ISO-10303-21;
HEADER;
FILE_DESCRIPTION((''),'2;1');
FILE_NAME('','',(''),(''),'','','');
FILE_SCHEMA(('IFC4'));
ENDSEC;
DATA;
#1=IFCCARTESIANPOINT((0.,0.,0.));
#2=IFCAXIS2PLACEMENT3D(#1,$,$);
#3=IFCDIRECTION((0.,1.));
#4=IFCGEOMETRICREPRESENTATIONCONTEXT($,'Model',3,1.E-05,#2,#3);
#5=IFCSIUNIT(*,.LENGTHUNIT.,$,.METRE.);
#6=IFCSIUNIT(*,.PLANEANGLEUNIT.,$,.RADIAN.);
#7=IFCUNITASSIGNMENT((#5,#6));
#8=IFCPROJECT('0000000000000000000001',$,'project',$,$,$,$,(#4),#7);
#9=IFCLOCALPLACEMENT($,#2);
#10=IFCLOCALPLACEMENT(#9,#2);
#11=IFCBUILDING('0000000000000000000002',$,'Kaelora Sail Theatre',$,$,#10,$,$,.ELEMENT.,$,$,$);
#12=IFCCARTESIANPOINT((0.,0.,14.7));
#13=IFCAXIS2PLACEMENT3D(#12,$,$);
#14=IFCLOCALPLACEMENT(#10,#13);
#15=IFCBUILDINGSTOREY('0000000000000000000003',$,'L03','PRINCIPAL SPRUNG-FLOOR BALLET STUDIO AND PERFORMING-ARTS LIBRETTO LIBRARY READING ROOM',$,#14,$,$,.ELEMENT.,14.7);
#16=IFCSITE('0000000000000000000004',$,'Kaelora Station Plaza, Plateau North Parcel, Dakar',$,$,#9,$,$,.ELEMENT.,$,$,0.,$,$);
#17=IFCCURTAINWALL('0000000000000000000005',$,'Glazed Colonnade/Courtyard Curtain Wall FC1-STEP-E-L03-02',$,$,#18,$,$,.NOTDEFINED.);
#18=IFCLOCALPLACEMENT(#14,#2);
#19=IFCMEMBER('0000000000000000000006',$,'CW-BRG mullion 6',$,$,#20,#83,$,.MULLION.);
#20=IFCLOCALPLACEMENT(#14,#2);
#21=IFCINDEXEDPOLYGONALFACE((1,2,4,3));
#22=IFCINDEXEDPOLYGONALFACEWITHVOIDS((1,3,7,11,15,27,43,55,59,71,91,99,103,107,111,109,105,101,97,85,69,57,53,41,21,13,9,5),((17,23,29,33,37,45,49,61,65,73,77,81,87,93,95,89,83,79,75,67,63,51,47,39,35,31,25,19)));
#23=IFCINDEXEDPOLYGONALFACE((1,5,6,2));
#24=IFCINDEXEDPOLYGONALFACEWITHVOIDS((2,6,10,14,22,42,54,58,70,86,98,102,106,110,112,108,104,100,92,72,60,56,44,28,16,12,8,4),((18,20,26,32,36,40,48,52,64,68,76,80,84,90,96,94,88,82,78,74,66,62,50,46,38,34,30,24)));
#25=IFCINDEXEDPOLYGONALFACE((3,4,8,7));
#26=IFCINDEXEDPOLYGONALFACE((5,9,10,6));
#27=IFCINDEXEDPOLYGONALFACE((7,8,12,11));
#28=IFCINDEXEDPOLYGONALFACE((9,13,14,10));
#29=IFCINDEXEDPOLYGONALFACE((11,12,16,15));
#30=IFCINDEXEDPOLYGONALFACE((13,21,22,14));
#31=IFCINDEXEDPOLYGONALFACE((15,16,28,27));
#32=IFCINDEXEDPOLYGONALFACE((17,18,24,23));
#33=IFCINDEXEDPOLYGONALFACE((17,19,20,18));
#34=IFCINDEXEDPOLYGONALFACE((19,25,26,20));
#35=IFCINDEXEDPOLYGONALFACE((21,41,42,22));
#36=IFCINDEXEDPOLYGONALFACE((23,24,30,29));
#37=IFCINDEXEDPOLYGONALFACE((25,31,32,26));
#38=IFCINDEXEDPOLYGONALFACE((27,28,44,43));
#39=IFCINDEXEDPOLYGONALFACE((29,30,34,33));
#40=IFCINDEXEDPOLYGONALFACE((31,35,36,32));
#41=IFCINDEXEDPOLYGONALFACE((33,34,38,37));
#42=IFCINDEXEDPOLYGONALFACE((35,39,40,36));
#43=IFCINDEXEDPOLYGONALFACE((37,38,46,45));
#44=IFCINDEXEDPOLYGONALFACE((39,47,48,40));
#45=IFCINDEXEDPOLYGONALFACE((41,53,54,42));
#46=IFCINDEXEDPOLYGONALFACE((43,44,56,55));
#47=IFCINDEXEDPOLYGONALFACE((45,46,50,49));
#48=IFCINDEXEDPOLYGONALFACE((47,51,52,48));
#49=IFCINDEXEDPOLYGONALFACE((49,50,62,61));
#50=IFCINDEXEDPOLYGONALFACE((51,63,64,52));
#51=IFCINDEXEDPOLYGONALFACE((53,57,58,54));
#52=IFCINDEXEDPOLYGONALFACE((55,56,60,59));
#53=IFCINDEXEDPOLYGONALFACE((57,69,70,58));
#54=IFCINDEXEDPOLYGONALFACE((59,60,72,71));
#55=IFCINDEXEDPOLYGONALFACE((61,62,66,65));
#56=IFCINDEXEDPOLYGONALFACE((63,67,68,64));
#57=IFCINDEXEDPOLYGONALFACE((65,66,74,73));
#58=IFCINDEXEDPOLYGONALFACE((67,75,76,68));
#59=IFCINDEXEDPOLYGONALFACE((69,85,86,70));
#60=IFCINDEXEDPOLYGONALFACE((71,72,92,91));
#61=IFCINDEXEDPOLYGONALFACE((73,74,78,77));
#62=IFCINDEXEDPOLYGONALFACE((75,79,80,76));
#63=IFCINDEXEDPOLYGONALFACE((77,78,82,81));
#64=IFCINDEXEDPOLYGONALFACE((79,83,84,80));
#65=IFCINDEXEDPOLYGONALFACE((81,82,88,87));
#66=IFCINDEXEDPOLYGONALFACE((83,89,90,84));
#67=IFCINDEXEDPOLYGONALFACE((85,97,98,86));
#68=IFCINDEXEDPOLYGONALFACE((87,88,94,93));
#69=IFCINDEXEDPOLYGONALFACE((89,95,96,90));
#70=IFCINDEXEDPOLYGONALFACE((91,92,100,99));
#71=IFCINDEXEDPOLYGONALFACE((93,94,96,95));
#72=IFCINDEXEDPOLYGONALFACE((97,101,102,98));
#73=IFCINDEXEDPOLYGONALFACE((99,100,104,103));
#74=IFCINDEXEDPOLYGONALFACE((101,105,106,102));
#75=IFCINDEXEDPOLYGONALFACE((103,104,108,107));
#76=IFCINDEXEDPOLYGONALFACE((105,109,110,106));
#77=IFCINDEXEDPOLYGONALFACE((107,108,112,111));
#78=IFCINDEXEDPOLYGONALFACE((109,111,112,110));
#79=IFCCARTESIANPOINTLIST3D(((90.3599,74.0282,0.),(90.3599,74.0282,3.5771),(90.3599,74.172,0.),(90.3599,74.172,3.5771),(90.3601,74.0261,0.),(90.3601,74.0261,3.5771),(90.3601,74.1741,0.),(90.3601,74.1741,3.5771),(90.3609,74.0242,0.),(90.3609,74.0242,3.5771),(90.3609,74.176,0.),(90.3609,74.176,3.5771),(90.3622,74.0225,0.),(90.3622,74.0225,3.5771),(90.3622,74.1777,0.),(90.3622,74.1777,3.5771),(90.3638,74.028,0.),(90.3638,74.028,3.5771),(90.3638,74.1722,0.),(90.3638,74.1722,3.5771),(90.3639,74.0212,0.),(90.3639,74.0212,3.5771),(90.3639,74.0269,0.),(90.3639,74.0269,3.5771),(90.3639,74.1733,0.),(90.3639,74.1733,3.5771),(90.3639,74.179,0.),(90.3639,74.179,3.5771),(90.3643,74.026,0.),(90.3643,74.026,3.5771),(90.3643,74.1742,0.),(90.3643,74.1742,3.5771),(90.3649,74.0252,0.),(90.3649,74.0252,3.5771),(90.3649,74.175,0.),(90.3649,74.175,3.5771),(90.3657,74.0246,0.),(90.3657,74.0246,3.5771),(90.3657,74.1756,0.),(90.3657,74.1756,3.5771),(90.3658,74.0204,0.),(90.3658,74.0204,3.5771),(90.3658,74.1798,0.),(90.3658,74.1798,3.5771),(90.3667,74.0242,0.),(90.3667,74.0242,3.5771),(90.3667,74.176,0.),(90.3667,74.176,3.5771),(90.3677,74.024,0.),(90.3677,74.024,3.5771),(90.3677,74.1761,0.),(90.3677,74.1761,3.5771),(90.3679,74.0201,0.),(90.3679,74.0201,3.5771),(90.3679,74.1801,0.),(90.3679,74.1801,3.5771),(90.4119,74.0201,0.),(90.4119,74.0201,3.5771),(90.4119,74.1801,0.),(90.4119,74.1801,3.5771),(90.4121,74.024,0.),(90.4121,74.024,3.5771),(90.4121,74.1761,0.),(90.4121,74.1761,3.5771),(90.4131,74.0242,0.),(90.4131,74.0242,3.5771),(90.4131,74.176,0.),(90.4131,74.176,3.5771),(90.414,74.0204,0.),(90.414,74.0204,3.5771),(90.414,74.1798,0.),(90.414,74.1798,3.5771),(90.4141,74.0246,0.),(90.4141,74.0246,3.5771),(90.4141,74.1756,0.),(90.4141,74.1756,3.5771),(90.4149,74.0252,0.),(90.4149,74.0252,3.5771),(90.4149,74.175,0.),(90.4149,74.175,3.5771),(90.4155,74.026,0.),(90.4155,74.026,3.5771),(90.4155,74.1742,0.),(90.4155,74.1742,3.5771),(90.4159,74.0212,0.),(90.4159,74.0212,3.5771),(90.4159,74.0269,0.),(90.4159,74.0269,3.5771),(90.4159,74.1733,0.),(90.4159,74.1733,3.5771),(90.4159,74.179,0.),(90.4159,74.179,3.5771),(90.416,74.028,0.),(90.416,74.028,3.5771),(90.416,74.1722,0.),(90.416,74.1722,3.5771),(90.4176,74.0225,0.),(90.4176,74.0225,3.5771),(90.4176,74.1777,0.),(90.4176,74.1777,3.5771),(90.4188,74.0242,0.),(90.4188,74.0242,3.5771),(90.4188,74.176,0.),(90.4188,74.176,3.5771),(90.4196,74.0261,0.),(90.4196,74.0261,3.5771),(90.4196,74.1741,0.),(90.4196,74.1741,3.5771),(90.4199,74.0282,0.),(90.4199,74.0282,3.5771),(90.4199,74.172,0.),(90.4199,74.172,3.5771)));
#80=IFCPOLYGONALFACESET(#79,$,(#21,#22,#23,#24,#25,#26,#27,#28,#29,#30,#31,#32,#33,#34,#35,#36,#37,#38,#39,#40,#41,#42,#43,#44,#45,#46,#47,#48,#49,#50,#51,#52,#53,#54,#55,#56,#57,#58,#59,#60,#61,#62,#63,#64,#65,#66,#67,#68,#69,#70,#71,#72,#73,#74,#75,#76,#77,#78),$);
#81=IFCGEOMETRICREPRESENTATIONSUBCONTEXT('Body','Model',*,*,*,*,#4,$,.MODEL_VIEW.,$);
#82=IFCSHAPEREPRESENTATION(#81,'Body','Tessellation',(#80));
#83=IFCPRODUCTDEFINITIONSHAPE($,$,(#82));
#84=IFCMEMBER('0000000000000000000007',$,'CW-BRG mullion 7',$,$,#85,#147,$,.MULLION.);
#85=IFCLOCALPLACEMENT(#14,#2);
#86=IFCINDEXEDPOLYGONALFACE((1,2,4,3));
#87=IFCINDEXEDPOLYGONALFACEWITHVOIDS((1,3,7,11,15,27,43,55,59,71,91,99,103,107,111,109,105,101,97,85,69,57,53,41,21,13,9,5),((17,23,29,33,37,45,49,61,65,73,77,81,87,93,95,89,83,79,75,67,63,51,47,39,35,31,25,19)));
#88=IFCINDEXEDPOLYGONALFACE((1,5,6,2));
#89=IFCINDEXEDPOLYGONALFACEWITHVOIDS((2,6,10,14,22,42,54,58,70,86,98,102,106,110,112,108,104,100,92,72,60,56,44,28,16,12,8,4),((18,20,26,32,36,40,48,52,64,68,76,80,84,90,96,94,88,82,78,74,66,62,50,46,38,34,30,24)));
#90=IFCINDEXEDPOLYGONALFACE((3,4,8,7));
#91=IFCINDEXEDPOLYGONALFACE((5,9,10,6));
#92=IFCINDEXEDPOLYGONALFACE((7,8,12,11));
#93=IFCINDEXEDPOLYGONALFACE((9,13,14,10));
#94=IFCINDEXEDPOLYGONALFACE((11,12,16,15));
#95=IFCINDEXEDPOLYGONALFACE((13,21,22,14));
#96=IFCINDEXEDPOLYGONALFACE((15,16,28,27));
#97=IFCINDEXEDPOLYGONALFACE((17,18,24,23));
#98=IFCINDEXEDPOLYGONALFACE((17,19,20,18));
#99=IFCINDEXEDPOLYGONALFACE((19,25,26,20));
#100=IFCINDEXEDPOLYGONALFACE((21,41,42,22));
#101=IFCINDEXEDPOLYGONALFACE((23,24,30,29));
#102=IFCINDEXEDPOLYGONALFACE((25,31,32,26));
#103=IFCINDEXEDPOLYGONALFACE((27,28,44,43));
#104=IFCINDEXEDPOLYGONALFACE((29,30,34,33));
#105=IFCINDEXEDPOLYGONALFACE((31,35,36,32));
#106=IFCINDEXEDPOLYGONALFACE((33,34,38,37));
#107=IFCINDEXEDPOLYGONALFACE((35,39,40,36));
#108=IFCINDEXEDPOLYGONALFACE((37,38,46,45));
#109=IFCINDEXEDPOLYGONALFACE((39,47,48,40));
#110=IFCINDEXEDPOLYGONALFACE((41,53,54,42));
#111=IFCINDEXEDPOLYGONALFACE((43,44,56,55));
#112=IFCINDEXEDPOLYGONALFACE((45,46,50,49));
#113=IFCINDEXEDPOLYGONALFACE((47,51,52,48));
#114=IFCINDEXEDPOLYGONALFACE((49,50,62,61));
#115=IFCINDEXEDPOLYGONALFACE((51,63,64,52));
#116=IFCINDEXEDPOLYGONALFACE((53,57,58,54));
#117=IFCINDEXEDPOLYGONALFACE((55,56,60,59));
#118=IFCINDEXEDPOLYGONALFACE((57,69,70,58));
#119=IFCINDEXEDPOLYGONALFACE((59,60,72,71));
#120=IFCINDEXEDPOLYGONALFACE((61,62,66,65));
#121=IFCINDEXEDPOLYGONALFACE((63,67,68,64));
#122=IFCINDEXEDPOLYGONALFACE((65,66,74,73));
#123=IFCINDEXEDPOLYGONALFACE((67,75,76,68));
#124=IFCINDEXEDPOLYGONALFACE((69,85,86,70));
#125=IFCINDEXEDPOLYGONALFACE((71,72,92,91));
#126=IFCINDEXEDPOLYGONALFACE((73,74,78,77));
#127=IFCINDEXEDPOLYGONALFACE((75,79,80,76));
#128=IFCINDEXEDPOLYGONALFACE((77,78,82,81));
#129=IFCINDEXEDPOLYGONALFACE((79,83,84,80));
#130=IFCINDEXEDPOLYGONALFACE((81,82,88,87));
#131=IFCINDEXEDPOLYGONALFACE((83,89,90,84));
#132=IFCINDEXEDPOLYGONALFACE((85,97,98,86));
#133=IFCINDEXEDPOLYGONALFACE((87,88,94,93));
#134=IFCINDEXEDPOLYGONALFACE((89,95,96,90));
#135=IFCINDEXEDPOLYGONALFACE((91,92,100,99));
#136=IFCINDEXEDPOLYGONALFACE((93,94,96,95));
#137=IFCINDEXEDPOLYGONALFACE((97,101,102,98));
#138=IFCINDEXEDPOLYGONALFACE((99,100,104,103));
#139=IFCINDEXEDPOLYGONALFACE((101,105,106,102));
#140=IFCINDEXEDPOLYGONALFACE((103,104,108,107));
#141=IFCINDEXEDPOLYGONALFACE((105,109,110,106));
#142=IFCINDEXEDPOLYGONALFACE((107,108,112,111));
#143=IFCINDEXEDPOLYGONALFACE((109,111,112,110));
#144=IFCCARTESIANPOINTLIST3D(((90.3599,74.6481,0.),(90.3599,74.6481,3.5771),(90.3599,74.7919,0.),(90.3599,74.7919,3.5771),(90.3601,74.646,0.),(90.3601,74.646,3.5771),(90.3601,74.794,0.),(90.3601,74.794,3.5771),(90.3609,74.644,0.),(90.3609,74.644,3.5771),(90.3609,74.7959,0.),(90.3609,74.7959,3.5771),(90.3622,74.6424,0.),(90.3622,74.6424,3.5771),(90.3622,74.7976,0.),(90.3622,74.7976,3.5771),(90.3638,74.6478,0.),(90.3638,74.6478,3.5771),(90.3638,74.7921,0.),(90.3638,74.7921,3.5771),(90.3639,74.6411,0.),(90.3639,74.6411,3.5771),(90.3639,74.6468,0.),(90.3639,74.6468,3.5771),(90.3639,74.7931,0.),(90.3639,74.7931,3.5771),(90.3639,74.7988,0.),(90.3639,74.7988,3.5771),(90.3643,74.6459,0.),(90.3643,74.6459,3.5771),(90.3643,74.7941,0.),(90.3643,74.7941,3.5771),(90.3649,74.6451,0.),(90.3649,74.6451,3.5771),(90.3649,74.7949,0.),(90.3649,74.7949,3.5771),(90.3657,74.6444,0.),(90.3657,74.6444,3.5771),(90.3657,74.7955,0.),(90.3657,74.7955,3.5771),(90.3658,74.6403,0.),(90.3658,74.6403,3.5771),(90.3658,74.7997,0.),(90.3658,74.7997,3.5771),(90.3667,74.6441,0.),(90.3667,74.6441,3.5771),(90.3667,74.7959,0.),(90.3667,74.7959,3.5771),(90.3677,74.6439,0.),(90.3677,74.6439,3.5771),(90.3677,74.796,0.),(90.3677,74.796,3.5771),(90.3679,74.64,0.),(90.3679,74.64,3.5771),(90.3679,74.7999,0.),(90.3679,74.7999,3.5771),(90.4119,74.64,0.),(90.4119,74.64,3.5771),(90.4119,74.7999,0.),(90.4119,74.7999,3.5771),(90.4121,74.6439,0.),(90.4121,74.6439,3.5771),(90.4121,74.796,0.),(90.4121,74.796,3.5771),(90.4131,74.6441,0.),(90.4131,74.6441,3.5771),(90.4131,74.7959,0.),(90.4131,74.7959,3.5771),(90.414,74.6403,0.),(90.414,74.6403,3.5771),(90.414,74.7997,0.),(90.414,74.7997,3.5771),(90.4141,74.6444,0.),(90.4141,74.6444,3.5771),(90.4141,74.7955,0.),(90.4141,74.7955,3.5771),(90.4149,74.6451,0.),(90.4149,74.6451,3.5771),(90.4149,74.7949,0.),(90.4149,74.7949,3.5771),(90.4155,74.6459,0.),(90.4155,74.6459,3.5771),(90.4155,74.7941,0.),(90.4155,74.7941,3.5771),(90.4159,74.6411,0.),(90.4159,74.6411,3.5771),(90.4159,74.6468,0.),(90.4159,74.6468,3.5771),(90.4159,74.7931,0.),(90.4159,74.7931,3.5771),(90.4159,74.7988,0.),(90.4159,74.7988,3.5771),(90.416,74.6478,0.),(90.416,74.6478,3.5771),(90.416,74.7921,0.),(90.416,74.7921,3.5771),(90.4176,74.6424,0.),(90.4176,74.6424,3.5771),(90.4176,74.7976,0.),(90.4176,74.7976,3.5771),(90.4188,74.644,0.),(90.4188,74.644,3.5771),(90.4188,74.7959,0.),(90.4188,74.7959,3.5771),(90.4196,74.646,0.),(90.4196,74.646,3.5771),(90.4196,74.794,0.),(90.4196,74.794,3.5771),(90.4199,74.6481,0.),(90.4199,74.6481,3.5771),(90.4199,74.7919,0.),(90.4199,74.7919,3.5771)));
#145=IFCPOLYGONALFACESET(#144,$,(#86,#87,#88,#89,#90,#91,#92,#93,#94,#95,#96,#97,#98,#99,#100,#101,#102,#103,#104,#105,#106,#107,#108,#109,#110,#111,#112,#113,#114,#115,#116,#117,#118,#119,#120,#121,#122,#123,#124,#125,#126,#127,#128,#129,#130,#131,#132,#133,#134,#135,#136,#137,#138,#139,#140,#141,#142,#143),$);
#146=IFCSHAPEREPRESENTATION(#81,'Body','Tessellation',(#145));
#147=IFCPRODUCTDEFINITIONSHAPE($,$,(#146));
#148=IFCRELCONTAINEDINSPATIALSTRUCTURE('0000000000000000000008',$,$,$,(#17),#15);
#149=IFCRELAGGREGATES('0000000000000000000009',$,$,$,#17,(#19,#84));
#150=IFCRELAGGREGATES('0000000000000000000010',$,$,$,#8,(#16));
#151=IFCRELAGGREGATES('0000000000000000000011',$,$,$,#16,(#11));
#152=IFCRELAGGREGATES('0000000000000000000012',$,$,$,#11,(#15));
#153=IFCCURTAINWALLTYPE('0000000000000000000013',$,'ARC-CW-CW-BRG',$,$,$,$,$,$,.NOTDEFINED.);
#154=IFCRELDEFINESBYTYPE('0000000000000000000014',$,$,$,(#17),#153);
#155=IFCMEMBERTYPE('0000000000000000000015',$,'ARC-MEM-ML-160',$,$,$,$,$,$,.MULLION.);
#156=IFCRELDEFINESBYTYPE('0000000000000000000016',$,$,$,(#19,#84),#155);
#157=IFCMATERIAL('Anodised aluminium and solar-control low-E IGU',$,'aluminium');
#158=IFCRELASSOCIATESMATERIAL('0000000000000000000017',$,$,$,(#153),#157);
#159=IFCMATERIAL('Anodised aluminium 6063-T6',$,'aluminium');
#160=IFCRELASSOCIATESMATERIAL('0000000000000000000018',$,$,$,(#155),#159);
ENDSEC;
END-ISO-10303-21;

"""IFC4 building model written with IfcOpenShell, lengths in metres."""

from ifc_helpers import new_model, si_unit, direction, frame, origin, origin_2d, place, context, subcontext, project, spatial, hollow_rectangle, extrude, material, material_profile, profile_set, type_object, element, aggregate, save


model = new_model("IFC4")

# Units and contexts
model_context = context("Model", 3, precision=1e-05, world=origin(), true_north=direction((0.0, 1.0)))
body_context = subcontext(model_context, "Body", "Model", "MODEL_VIEW")
ifc_project = project(units=[si_unit("LENGTHUNIT", "METRE"), si_unit("PLANEANGLEUNIT", "RADIAN")], contexts=[model_context])

# Site, building, storey
site_placement = place(None, origin())
site = spatial("IfcSite", under=ifc_project, at=site_placement, Name="Kaelora Station Plaza, Plateau North Parcel, Dakar", CompositionType="ELEMENT", RefElevation=0.0)
building_placement = place(site_placement, origin())
building = spatial("IfcBuilding", under=site, at=building_placement, Name="Kaelora Sail Theatre", CompositionType="ELEMENT")
storey_placement = place(building_placement, frame((0.0, 0.0, 14.7)))
storey = spatial("IfcBuildingStorey", under=building, at=storey_placement, Name="L03", Description="PRINCIPAL SPRUNG-FLOOR BALLET STUDIO AND PERFORMING-ARTS LIBRETTO LIBRARY READING ROOM", CompositionType="ELEMENT", Elevation=14.7)

# Curtain wall, members
ifc_material_1 = material(Name="Anodised aluminium and solar-control low-E IGU", Category="aluminium")
curtain_wall_type = type_object("IfcCurtainWallType", Name="ARC-CW-CW-BRG", PredefinedType="NOTDEFINED", material=ifc_material_1)
curtain_wall_1_placement = place(storey_placement, origin())
curtain_wall_1 = element("IfcCurtainWall", 1, at=curtain_wall_1_placement, inside=storey, type_object=curtain_wall_type, Name="Glazed Colonnade/Courtyard Curtain Wall FC1-STEP-E-L03-02", PredefinedType="NOTDEFINED")
ifc_material_2 = material(Name="Anodised aluminium 6063-T6", Category="aluminium")
ifc_material_profile_1 = material_profile(ifc_material_2, hollow_rectangle(XDim=0.0601, YDim=0.1599, WallThickness=0.0039, InnerFilletRadius=0.0039, OuterFilletRadius=0.0081, at=origin_2d()), Name="ALU-MULL 60x160x4")
ifc_profile_set_1 = profile_set([ifc_material_profile_1], Name="Anodised aluminium 6063-T6")
member_type_1 = type_object("IfcMemberType", Name="ARC-MEM-ML-160", PredefinedType="MULLION", material=ifc_profile_set_1)
member_1_placement = place(storey_placement, frame((90.3899, 74.1001, 0.0), z_axis=(0.0, 0.0, 1.0), x_axis=(-1.0, 0.0, 0.0)))
member_1 = element("IfcMember", 2, at=member_1_placement, type_object=member_type_1, Name="CW-BRG mullion 6", PredefinedType="MULLION", context=body_context, shape_type="SweptSolid", body=[
    extrude(hollow_rectangle(XDim=0.0601, YDim=0.1599, WallThickness=0.0039, InnerFilletRadius=0.0039, OuterFilletRadius=0.0081, at=origin_2d()), origin(), (0.0, 0.0, 1.0), 3.5771),
])
member_2_placement = place(storey_placement, frame((90.3899, 74.72, 0.0), z_axis=(0.0, 0.0, 1.0), x_axis=(-1.0, 0.0, 0.0)))
member_2 = element("IfcMember", 3, at=member_2_placement, type_object=member_type_1, Name="CW-BRG mullion 7", PredefinedType="MULLION", context=body_context, shape_type="SweptSolid", body=[
    extrude(hollow_rectangle(XDim=0.0601, YDim=0.1599, WallThickness=0.0039, InnerFilletRadius=0.0039, OuterFilletRadius=0.0081, at=origin_2d()), origin(), (0.0, 0.0, 1.0), 3.5771),
])

aggregate(curtain_wall_1, [member_1, member_2])

save(model, "model.ifc")
